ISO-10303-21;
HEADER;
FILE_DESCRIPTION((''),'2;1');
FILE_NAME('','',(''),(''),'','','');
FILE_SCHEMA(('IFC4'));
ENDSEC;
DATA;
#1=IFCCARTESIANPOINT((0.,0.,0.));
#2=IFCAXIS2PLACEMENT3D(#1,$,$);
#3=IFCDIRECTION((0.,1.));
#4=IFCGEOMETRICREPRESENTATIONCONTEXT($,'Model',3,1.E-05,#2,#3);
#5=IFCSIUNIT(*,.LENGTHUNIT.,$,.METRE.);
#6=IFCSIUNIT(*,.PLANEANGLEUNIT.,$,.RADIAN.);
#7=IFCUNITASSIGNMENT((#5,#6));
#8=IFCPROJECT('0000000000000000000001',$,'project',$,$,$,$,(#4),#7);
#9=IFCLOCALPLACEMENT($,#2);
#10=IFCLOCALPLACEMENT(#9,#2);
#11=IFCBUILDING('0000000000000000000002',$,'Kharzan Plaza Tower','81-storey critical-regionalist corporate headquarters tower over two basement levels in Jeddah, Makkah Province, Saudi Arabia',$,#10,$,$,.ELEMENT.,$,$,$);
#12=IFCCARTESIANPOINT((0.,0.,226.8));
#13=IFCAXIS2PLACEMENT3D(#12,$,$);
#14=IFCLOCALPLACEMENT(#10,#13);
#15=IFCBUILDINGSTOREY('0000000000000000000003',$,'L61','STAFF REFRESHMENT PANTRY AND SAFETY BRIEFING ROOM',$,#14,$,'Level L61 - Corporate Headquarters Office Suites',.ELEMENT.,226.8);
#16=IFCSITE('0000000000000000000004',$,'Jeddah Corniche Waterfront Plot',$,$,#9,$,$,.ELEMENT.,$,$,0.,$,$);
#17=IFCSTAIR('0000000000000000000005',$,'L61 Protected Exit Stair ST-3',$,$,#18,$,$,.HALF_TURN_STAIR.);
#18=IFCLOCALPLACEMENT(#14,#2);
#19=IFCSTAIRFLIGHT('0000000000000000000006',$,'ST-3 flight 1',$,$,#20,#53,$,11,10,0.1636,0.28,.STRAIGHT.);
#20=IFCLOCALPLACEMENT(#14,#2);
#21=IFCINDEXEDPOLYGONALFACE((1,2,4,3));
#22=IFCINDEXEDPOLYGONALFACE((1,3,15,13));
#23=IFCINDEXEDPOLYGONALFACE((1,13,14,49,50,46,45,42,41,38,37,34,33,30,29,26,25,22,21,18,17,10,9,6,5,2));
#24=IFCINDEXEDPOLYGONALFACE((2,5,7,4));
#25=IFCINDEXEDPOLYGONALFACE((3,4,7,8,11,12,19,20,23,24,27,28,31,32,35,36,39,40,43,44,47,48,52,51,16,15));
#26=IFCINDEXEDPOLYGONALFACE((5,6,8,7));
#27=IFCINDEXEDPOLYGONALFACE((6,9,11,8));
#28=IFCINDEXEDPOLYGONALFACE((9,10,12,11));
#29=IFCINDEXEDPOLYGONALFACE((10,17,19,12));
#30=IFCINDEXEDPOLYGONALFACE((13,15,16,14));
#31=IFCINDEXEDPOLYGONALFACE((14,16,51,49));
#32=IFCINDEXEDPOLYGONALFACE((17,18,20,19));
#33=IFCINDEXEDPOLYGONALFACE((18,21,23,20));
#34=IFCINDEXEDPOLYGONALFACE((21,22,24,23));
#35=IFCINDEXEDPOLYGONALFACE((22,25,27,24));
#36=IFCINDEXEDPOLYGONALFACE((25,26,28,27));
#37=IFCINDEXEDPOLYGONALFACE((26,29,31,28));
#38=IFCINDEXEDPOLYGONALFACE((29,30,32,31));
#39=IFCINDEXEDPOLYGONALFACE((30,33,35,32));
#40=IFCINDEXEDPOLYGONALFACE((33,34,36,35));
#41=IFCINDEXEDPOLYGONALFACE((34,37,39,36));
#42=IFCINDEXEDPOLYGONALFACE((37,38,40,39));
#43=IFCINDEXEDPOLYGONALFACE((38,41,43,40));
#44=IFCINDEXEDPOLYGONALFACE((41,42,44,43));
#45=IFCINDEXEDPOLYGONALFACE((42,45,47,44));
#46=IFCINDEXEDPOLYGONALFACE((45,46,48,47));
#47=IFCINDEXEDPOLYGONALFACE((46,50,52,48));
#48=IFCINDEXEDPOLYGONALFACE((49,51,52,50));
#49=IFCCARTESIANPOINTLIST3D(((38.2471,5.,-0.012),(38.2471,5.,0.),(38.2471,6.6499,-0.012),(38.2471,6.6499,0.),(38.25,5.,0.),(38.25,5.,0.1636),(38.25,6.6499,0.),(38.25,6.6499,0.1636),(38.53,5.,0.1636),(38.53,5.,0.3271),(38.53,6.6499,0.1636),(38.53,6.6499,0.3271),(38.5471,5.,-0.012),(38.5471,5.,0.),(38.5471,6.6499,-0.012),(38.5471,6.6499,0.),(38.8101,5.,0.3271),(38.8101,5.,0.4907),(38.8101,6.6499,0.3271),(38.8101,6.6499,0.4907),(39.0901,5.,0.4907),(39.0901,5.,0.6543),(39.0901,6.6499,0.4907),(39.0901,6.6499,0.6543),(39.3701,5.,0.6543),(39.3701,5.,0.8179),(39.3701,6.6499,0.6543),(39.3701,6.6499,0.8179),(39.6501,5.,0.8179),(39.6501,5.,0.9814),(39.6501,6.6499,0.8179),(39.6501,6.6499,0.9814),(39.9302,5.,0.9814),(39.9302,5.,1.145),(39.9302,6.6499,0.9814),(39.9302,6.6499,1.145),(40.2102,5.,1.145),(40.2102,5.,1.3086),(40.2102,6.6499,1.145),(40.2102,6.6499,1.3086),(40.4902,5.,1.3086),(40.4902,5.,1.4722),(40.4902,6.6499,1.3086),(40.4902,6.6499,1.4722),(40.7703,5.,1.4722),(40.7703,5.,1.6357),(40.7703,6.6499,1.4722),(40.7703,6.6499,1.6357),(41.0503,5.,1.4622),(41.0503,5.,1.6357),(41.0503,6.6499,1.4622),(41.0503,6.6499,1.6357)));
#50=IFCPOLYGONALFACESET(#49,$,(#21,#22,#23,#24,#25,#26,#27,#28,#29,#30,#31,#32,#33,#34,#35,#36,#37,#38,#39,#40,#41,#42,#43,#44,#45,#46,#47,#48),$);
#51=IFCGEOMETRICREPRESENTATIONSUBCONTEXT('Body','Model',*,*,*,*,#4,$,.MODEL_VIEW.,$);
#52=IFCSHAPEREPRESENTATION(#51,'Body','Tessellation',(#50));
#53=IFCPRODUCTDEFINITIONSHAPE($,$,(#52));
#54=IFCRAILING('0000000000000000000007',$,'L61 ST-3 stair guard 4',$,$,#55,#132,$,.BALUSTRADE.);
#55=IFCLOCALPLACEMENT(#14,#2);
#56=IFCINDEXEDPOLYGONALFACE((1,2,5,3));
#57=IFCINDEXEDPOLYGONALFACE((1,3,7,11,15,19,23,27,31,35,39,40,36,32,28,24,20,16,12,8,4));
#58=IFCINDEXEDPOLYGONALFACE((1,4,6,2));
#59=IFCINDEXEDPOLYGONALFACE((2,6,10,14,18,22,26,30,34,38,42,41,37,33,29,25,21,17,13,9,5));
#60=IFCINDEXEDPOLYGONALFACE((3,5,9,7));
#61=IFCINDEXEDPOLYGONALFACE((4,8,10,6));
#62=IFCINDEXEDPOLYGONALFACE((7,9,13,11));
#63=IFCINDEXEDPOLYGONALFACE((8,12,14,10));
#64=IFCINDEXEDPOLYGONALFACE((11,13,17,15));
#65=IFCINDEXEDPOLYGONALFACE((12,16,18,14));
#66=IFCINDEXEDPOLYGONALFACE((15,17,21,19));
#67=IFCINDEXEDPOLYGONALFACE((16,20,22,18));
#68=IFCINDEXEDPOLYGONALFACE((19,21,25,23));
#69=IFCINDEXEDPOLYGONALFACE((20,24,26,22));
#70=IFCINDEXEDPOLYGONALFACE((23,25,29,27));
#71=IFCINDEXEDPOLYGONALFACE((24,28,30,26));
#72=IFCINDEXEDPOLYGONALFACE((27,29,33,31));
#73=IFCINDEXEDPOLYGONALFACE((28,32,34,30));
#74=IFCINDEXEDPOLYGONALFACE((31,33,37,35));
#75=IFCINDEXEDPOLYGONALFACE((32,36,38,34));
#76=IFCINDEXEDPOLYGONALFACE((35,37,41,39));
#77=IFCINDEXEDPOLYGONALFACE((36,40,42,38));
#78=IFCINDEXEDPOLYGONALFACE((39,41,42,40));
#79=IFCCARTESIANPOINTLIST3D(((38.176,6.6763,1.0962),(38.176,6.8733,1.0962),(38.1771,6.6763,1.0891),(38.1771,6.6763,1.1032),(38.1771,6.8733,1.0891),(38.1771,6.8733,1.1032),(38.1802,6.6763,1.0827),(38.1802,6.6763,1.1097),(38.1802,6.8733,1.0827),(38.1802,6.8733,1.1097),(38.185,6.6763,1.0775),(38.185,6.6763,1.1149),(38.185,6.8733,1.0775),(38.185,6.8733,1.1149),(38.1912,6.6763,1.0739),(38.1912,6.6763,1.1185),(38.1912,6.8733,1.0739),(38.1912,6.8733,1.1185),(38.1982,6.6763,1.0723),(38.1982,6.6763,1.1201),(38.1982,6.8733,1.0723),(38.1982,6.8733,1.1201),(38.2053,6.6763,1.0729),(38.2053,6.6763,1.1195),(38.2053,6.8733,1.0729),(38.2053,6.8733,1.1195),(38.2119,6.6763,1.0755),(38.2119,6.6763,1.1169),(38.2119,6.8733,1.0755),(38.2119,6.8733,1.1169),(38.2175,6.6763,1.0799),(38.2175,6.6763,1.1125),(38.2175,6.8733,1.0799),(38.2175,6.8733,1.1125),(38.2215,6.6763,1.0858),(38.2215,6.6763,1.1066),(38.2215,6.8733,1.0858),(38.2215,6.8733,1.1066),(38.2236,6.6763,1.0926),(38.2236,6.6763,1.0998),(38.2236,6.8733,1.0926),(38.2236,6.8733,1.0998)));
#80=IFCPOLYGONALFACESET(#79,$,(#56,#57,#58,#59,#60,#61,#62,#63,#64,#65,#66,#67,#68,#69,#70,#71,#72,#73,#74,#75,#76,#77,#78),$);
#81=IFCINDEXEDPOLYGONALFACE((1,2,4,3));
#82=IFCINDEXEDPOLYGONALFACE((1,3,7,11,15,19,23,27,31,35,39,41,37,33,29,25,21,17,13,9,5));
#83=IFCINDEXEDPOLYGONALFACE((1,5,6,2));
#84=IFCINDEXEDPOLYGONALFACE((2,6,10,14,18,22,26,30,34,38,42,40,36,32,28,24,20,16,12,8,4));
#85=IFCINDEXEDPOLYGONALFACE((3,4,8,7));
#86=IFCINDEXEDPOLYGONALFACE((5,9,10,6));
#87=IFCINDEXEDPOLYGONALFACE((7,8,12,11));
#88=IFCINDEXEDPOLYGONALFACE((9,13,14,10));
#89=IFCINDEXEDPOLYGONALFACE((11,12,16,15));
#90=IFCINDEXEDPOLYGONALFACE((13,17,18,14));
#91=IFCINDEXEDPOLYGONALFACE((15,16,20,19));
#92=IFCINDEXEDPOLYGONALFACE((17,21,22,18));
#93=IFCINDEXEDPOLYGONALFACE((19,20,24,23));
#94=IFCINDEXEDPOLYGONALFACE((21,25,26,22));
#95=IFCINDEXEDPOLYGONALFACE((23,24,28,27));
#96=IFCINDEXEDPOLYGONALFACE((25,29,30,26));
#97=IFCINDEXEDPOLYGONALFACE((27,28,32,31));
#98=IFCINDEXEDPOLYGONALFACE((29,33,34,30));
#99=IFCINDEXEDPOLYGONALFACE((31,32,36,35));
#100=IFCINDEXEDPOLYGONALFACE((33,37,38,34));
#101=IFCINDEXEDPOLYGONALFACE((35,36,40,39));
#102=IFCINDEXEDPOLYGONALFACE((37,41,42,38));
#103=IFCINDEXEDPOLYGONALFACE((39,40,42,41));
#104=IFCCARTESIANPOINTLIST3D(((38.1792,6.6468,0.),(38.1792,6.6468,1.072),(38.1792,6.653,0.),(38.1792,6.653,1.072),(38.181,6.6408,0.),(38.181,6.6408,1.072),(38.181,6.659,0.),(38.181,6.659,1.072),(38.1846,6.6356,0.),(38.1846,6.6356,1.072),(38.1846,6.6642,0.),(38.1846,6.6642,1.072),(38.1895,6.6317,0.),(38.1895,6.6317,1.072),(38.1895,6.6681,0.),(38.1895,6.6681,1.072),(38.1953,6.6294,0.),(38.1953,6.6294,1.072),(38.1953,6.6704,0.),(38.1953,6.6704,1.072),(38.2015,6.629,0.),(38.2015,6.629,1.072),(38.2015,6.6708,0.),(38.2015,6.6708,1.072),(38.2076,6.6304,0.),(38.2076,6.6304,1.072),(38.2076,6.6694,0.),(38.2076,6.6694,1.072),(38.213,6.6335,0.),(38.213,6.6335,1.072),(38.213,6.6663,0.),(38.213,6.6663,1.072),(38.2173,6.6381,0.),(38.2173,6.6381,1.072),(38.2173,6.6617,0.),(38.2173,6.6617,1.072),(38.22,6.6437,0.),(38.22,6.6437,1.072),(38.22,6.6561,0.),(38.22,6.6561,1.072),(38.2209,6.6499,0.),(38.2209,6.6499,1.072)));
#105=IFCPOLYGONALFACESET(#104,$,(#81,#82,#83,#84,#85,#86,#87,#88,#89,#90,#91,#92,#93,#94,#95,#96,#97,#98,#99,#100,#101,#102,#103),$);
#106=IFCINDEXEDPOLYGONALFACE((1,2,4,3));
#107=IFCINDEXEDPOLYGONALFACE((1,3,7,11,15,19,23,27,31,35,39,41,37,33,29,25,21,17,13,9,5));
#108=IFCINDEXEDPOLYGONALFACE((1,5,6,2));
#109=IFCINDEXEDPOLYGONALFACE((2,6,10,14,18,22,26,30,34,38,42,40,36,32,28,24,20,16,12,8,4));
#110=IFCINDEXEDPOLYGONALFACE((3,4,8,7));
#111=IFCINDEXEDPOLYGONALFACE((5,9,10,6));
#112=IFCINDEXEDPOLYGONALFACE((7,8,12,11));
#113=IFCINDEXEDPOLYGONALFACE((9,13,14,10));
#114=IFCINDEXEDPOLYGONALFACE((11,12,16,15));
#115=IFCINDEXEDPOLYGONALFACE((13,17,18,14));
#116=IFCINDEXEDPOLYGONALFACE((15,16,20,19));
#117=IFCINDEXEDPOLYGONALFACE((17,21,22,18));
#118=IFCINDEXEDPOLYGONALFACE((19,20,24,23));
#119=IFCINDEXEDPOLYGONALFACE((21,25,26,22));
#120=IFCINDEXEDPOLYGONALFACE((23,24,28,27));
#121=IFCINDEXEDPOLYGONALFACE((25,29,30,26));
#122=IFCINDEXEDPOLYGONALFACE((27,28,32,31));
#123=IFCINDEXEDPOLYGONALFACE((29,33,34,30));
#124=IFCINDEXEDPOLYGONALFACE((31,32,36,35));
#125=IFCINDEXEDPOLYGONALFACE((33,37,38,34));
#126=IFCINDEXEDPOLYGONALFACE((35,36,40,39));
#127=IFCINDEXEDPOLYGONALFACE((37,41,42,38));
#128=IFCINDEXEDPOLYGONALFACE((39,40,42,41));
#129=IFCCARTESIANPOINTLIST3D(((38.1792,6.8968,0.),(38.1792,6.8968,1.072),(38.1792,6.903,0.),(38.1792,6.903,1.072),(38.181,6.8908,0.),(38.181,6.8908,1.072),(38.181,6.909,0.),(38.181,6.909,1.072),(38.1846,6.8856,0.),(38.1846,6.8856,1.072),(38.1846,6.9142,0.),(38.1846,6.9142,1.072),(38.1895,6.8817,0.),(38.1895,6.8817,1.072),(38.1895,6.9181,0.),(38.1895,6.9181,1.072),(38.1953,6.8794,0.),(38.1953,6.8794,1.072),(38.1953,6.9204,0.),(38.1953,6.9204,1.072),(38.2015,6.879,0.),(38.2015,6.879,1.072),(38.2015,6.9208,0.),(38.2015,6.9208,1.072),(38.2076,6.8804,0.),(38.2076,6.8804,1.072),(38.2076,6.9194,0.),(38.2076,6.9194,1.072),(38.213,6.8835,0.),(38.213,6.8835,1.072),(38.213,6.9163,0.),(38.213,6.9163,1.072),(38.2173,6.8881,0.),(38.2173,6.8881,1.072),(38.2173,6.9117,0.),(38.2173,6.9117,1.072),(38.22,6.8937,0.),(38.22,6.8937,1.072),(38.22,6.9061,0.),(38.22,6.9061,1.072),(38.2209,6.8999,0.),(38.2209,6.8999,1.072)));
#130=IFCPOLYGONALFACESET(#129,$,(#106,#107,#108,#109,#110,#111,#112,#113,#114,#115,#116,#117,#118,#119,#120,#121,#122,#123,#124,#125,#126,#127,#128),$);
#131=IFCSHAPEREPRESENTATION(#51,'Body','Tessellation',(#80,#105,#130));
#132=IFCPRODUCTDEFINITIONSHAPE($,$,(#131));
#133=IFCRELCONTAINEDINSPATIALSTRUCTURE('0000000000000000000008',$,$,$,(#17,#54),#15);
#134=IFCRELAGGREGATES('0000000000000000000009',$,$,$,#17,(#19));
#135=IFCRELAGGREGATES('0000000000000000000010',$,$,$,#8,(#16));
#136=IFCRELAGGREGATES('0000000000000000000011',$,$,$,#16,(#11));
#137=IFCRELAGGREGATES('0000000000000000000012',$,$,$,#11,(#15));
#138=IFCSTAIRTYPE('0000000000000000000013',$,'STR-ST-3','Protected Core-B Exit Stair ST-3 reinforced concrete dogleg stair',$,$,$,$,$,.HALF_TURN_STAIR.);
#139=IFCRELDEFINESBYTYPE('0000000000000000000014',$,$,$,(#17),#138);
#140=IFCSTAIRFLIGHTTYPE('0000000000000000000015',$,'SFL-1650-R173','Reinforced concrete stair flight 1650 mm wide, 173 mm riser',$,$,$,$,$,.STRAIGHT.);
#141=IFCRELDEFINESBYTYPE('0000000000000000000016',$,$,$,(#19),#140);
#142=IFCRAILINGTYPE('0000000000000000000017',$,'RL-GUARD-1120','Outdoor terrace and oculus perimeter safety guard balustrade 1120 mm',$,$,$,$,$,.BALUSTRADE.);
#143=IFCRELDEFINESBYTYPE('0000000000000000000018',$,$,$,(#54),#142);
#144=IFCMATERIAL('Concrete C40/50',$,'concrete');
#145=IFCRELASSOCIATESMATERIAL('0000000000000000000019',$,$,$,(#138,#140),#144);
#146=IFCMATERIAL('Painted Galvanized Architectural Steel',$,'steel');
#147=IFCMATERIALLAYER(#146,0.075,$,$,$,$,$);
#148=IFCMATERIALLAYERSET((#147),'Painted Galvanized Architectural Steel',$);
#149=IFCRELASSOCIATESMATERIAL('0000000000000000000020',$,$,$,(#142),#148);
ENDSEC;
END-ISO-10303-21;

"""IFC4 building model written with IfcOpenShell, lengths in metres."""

from ifc_helpers import new_model, si_unit, direction, frame, origin, origin_2d, place, context, subcontext, project, spatial, polyline, circle, outline, extrude, source, transform, mapped, material, layer, layer_set, type_object, element, aggregate, save


model = new_model("IFC4")

# Units and contexts
model_context = context("Model", 3, precision=1e-05, world=origin(), true_north=direction((0.0, 1.0)))
body_context = subcontext(model_context, "Body", "Model", "MODEL_VIEW")
ifc_project = project(units=[si_unit("LENGTHUNIT", "METRE"), si_unit("PLANEANGLEUNIT", "RADIAN")], contexts=[model_context])

# Site, building, storey
site_placement = place(None, origin())
site = spatial("IfcSite", under=ifc_project, at=site_placement, Name="Jeddah Corniche Waterfront Plot", CompositionType="ELEMENT", RefElevation=0.0)
building_placement = place(site_placement, origin())
building = spatial("IfcBuilding", under=site, at=building_placement, Name="Kharzan Plaza Tower", Description="81-storey critical-regionalist corporate headquarters tower over two basement levels in Jeddah, Makkah Province, Saudi Arabia", CompositionType="ELEMENT")
storey_placement = place(building_placement, frame((0.0, 0.0, 226.8)))
storey = spatial("IfcBuildingStorey", under=building, at=storey_placement, Name="L61", Description="STAFF REFRESHMENT PANTRY AND SAFETY BRIEFING ROOM", LongName="Level L61 - Corporate Headquarters Office Suites", CompositionType="ELEMENT", Elevation=226.8)

# Shared definitions
ifc_material_1 = material(Name="Concrete C40/50", Category="concrete")

# Stair, stair flight
stair_type = type_object("IfcStairType", Name="STR-ST-3", Description="Protected Core-B Exit Stair ST-3 reinforced concrete dogleg stair", PredefinedType="HALF_TURN_STAIR", material=ifc_material_1)
stair_placement = place(storey_placement, origin())
stair = element("IfcStair", 1, at=stair_placement, inside=storey, type_object=stair_type, Name="L61 Protected Exit Stair ST-3", PredefinedType="HALF_TURN_STAIR")
stair_flight_type = type_object("IfcStairFlightType", Name="SFL-1650-R173", Description="Reinforced concrete stair flight 1650 mm wide, 173 mm riser", PredefinedType="STRAIGHT", material=ifc_material_1)
shared_shape_1 = source(origin(), body_context, "Body", "SweptSolid", [
    extrude(outline(polyline([(-0.0029, -0.012), (-0.0029, 0.0), (0.0, 0.0), (0.0, 0.1636), (0.28, 0.1636), (0.28, 0.3271), (0.5601, 0.3271), (0.5601, 0.4907), (0.8401, 0.4907), (0.8401, 0.6543), (1.1201, 0.6543), (1.1201, 0.8179), (1.4001, 0.8179), (1.4001, 0.9814), (1.6802, 0.9814), (1.6802, 1.145), (1.9602, 1.145), (1.9602, 1.3086), (2.2402, 1.3086), (2.2402, 1.4722), (2.5203, 1.4722), (2.5203, 1.6357), (2.8003, 1.6357), (2.8003, 1.7993), (2.8003, 1.4622), (0.2971, 0.0), (0.2971, -0.012), (-0.0029, -0.012)])), frame((0.0, 0.825, 0.0), z_axis=(0.0, -1.0, 0.0), x_axis=(1.0, 0.0, 0.0)), (0.0, 0.0, 1.0), 1.6499),
])
stair_flight_placement = place(storey_placement, frame((38.25, 5.825, 0.0), z_axis=(0.0, 0.0, 1.0), x_axis=(1.0, 0.0, 0.0)))
stair_flight = element("IfcStairFlight", 2, at=stair_flight_placement, type_object=stair_flight_type, Name="ST-3 flight 1", NumberOfRisers=11, NumberOfTreads=10, PredefinedType="STRAIGHT", RiserHeight=0.1636, TreadLength=0.28, context=body_context, shape_type="MappedRepresentation", body=[
    mapped(shared_shape_1, transform((0.0, 0.0, 0.0), x_axis=(1.0, 0.0, 0.0), y_axis=(0.0, 1.0, 0.0), z_axis=(0.0, 0.0, 1.0))),
])
aggregate(stair, [stair_flight])

# Railing
ifc_material_2 = material(Name="Painted Galvanized Architectural Steel", Category="steel")
ifc_layer_1 = layer(ifc_material_2, 0.075)
ifc_layer_set_1 = layer_set([ifc_layer_1], Name="Painted Galvanized Architectural Steel")
railing_type_1 = type_object("IfcRailingType", Name="RL-GUARD-1120", Description="Outdoor terrace and oculus perimeter safety guard balustrade 1120 mm", PredefinedType="BALUSTRADE", material=ifc_layer_set_1)
shared_shape_2 = source(origin(), body_context, "Body", "SweptSolid", [
    extrude(circle(Radius=0.0239, at=origin_2d()), frame((0.0, 0.0264, 1.0962), z_axis=(0.0, 1.0, 0.0), x_axis=(-1.0, 0.0, 0.0)), (0.0, 0.0, 1.0), 0.197),
    extrude(circle(Radius=0.021, at=origin_2d()), origin(), (0.0, 0.0, 1.0), 1.072),
    extrude(circle(Radius=0.021, at=origin_2d()), frame((0.0, 0.25, 0.0)), (0.0, 0.0, 1.0), 1.072),
])
railing_1_placement = place(storey_placement, frame((38.2, 6.6499, 0.0)))
element("IfcRailing", 3, at=railing_1_placement, inside=storey, type_object=railing_type_1, Name="L61 ST-3 stair guard 4", PredefinedType="BALUSTRADE", context=body_context, shape_type="MappedRepresentation", body=[
    mapped(shared_shape_2, transform((0.0, 0.0, 0.0), x_axis=(1.0, 0.0, 0.0), y_axis=(0.0, 1.0, 0.0), z_axis=(0.0, 0.0, 1.0))),
])

save(model, "model.ifc")
